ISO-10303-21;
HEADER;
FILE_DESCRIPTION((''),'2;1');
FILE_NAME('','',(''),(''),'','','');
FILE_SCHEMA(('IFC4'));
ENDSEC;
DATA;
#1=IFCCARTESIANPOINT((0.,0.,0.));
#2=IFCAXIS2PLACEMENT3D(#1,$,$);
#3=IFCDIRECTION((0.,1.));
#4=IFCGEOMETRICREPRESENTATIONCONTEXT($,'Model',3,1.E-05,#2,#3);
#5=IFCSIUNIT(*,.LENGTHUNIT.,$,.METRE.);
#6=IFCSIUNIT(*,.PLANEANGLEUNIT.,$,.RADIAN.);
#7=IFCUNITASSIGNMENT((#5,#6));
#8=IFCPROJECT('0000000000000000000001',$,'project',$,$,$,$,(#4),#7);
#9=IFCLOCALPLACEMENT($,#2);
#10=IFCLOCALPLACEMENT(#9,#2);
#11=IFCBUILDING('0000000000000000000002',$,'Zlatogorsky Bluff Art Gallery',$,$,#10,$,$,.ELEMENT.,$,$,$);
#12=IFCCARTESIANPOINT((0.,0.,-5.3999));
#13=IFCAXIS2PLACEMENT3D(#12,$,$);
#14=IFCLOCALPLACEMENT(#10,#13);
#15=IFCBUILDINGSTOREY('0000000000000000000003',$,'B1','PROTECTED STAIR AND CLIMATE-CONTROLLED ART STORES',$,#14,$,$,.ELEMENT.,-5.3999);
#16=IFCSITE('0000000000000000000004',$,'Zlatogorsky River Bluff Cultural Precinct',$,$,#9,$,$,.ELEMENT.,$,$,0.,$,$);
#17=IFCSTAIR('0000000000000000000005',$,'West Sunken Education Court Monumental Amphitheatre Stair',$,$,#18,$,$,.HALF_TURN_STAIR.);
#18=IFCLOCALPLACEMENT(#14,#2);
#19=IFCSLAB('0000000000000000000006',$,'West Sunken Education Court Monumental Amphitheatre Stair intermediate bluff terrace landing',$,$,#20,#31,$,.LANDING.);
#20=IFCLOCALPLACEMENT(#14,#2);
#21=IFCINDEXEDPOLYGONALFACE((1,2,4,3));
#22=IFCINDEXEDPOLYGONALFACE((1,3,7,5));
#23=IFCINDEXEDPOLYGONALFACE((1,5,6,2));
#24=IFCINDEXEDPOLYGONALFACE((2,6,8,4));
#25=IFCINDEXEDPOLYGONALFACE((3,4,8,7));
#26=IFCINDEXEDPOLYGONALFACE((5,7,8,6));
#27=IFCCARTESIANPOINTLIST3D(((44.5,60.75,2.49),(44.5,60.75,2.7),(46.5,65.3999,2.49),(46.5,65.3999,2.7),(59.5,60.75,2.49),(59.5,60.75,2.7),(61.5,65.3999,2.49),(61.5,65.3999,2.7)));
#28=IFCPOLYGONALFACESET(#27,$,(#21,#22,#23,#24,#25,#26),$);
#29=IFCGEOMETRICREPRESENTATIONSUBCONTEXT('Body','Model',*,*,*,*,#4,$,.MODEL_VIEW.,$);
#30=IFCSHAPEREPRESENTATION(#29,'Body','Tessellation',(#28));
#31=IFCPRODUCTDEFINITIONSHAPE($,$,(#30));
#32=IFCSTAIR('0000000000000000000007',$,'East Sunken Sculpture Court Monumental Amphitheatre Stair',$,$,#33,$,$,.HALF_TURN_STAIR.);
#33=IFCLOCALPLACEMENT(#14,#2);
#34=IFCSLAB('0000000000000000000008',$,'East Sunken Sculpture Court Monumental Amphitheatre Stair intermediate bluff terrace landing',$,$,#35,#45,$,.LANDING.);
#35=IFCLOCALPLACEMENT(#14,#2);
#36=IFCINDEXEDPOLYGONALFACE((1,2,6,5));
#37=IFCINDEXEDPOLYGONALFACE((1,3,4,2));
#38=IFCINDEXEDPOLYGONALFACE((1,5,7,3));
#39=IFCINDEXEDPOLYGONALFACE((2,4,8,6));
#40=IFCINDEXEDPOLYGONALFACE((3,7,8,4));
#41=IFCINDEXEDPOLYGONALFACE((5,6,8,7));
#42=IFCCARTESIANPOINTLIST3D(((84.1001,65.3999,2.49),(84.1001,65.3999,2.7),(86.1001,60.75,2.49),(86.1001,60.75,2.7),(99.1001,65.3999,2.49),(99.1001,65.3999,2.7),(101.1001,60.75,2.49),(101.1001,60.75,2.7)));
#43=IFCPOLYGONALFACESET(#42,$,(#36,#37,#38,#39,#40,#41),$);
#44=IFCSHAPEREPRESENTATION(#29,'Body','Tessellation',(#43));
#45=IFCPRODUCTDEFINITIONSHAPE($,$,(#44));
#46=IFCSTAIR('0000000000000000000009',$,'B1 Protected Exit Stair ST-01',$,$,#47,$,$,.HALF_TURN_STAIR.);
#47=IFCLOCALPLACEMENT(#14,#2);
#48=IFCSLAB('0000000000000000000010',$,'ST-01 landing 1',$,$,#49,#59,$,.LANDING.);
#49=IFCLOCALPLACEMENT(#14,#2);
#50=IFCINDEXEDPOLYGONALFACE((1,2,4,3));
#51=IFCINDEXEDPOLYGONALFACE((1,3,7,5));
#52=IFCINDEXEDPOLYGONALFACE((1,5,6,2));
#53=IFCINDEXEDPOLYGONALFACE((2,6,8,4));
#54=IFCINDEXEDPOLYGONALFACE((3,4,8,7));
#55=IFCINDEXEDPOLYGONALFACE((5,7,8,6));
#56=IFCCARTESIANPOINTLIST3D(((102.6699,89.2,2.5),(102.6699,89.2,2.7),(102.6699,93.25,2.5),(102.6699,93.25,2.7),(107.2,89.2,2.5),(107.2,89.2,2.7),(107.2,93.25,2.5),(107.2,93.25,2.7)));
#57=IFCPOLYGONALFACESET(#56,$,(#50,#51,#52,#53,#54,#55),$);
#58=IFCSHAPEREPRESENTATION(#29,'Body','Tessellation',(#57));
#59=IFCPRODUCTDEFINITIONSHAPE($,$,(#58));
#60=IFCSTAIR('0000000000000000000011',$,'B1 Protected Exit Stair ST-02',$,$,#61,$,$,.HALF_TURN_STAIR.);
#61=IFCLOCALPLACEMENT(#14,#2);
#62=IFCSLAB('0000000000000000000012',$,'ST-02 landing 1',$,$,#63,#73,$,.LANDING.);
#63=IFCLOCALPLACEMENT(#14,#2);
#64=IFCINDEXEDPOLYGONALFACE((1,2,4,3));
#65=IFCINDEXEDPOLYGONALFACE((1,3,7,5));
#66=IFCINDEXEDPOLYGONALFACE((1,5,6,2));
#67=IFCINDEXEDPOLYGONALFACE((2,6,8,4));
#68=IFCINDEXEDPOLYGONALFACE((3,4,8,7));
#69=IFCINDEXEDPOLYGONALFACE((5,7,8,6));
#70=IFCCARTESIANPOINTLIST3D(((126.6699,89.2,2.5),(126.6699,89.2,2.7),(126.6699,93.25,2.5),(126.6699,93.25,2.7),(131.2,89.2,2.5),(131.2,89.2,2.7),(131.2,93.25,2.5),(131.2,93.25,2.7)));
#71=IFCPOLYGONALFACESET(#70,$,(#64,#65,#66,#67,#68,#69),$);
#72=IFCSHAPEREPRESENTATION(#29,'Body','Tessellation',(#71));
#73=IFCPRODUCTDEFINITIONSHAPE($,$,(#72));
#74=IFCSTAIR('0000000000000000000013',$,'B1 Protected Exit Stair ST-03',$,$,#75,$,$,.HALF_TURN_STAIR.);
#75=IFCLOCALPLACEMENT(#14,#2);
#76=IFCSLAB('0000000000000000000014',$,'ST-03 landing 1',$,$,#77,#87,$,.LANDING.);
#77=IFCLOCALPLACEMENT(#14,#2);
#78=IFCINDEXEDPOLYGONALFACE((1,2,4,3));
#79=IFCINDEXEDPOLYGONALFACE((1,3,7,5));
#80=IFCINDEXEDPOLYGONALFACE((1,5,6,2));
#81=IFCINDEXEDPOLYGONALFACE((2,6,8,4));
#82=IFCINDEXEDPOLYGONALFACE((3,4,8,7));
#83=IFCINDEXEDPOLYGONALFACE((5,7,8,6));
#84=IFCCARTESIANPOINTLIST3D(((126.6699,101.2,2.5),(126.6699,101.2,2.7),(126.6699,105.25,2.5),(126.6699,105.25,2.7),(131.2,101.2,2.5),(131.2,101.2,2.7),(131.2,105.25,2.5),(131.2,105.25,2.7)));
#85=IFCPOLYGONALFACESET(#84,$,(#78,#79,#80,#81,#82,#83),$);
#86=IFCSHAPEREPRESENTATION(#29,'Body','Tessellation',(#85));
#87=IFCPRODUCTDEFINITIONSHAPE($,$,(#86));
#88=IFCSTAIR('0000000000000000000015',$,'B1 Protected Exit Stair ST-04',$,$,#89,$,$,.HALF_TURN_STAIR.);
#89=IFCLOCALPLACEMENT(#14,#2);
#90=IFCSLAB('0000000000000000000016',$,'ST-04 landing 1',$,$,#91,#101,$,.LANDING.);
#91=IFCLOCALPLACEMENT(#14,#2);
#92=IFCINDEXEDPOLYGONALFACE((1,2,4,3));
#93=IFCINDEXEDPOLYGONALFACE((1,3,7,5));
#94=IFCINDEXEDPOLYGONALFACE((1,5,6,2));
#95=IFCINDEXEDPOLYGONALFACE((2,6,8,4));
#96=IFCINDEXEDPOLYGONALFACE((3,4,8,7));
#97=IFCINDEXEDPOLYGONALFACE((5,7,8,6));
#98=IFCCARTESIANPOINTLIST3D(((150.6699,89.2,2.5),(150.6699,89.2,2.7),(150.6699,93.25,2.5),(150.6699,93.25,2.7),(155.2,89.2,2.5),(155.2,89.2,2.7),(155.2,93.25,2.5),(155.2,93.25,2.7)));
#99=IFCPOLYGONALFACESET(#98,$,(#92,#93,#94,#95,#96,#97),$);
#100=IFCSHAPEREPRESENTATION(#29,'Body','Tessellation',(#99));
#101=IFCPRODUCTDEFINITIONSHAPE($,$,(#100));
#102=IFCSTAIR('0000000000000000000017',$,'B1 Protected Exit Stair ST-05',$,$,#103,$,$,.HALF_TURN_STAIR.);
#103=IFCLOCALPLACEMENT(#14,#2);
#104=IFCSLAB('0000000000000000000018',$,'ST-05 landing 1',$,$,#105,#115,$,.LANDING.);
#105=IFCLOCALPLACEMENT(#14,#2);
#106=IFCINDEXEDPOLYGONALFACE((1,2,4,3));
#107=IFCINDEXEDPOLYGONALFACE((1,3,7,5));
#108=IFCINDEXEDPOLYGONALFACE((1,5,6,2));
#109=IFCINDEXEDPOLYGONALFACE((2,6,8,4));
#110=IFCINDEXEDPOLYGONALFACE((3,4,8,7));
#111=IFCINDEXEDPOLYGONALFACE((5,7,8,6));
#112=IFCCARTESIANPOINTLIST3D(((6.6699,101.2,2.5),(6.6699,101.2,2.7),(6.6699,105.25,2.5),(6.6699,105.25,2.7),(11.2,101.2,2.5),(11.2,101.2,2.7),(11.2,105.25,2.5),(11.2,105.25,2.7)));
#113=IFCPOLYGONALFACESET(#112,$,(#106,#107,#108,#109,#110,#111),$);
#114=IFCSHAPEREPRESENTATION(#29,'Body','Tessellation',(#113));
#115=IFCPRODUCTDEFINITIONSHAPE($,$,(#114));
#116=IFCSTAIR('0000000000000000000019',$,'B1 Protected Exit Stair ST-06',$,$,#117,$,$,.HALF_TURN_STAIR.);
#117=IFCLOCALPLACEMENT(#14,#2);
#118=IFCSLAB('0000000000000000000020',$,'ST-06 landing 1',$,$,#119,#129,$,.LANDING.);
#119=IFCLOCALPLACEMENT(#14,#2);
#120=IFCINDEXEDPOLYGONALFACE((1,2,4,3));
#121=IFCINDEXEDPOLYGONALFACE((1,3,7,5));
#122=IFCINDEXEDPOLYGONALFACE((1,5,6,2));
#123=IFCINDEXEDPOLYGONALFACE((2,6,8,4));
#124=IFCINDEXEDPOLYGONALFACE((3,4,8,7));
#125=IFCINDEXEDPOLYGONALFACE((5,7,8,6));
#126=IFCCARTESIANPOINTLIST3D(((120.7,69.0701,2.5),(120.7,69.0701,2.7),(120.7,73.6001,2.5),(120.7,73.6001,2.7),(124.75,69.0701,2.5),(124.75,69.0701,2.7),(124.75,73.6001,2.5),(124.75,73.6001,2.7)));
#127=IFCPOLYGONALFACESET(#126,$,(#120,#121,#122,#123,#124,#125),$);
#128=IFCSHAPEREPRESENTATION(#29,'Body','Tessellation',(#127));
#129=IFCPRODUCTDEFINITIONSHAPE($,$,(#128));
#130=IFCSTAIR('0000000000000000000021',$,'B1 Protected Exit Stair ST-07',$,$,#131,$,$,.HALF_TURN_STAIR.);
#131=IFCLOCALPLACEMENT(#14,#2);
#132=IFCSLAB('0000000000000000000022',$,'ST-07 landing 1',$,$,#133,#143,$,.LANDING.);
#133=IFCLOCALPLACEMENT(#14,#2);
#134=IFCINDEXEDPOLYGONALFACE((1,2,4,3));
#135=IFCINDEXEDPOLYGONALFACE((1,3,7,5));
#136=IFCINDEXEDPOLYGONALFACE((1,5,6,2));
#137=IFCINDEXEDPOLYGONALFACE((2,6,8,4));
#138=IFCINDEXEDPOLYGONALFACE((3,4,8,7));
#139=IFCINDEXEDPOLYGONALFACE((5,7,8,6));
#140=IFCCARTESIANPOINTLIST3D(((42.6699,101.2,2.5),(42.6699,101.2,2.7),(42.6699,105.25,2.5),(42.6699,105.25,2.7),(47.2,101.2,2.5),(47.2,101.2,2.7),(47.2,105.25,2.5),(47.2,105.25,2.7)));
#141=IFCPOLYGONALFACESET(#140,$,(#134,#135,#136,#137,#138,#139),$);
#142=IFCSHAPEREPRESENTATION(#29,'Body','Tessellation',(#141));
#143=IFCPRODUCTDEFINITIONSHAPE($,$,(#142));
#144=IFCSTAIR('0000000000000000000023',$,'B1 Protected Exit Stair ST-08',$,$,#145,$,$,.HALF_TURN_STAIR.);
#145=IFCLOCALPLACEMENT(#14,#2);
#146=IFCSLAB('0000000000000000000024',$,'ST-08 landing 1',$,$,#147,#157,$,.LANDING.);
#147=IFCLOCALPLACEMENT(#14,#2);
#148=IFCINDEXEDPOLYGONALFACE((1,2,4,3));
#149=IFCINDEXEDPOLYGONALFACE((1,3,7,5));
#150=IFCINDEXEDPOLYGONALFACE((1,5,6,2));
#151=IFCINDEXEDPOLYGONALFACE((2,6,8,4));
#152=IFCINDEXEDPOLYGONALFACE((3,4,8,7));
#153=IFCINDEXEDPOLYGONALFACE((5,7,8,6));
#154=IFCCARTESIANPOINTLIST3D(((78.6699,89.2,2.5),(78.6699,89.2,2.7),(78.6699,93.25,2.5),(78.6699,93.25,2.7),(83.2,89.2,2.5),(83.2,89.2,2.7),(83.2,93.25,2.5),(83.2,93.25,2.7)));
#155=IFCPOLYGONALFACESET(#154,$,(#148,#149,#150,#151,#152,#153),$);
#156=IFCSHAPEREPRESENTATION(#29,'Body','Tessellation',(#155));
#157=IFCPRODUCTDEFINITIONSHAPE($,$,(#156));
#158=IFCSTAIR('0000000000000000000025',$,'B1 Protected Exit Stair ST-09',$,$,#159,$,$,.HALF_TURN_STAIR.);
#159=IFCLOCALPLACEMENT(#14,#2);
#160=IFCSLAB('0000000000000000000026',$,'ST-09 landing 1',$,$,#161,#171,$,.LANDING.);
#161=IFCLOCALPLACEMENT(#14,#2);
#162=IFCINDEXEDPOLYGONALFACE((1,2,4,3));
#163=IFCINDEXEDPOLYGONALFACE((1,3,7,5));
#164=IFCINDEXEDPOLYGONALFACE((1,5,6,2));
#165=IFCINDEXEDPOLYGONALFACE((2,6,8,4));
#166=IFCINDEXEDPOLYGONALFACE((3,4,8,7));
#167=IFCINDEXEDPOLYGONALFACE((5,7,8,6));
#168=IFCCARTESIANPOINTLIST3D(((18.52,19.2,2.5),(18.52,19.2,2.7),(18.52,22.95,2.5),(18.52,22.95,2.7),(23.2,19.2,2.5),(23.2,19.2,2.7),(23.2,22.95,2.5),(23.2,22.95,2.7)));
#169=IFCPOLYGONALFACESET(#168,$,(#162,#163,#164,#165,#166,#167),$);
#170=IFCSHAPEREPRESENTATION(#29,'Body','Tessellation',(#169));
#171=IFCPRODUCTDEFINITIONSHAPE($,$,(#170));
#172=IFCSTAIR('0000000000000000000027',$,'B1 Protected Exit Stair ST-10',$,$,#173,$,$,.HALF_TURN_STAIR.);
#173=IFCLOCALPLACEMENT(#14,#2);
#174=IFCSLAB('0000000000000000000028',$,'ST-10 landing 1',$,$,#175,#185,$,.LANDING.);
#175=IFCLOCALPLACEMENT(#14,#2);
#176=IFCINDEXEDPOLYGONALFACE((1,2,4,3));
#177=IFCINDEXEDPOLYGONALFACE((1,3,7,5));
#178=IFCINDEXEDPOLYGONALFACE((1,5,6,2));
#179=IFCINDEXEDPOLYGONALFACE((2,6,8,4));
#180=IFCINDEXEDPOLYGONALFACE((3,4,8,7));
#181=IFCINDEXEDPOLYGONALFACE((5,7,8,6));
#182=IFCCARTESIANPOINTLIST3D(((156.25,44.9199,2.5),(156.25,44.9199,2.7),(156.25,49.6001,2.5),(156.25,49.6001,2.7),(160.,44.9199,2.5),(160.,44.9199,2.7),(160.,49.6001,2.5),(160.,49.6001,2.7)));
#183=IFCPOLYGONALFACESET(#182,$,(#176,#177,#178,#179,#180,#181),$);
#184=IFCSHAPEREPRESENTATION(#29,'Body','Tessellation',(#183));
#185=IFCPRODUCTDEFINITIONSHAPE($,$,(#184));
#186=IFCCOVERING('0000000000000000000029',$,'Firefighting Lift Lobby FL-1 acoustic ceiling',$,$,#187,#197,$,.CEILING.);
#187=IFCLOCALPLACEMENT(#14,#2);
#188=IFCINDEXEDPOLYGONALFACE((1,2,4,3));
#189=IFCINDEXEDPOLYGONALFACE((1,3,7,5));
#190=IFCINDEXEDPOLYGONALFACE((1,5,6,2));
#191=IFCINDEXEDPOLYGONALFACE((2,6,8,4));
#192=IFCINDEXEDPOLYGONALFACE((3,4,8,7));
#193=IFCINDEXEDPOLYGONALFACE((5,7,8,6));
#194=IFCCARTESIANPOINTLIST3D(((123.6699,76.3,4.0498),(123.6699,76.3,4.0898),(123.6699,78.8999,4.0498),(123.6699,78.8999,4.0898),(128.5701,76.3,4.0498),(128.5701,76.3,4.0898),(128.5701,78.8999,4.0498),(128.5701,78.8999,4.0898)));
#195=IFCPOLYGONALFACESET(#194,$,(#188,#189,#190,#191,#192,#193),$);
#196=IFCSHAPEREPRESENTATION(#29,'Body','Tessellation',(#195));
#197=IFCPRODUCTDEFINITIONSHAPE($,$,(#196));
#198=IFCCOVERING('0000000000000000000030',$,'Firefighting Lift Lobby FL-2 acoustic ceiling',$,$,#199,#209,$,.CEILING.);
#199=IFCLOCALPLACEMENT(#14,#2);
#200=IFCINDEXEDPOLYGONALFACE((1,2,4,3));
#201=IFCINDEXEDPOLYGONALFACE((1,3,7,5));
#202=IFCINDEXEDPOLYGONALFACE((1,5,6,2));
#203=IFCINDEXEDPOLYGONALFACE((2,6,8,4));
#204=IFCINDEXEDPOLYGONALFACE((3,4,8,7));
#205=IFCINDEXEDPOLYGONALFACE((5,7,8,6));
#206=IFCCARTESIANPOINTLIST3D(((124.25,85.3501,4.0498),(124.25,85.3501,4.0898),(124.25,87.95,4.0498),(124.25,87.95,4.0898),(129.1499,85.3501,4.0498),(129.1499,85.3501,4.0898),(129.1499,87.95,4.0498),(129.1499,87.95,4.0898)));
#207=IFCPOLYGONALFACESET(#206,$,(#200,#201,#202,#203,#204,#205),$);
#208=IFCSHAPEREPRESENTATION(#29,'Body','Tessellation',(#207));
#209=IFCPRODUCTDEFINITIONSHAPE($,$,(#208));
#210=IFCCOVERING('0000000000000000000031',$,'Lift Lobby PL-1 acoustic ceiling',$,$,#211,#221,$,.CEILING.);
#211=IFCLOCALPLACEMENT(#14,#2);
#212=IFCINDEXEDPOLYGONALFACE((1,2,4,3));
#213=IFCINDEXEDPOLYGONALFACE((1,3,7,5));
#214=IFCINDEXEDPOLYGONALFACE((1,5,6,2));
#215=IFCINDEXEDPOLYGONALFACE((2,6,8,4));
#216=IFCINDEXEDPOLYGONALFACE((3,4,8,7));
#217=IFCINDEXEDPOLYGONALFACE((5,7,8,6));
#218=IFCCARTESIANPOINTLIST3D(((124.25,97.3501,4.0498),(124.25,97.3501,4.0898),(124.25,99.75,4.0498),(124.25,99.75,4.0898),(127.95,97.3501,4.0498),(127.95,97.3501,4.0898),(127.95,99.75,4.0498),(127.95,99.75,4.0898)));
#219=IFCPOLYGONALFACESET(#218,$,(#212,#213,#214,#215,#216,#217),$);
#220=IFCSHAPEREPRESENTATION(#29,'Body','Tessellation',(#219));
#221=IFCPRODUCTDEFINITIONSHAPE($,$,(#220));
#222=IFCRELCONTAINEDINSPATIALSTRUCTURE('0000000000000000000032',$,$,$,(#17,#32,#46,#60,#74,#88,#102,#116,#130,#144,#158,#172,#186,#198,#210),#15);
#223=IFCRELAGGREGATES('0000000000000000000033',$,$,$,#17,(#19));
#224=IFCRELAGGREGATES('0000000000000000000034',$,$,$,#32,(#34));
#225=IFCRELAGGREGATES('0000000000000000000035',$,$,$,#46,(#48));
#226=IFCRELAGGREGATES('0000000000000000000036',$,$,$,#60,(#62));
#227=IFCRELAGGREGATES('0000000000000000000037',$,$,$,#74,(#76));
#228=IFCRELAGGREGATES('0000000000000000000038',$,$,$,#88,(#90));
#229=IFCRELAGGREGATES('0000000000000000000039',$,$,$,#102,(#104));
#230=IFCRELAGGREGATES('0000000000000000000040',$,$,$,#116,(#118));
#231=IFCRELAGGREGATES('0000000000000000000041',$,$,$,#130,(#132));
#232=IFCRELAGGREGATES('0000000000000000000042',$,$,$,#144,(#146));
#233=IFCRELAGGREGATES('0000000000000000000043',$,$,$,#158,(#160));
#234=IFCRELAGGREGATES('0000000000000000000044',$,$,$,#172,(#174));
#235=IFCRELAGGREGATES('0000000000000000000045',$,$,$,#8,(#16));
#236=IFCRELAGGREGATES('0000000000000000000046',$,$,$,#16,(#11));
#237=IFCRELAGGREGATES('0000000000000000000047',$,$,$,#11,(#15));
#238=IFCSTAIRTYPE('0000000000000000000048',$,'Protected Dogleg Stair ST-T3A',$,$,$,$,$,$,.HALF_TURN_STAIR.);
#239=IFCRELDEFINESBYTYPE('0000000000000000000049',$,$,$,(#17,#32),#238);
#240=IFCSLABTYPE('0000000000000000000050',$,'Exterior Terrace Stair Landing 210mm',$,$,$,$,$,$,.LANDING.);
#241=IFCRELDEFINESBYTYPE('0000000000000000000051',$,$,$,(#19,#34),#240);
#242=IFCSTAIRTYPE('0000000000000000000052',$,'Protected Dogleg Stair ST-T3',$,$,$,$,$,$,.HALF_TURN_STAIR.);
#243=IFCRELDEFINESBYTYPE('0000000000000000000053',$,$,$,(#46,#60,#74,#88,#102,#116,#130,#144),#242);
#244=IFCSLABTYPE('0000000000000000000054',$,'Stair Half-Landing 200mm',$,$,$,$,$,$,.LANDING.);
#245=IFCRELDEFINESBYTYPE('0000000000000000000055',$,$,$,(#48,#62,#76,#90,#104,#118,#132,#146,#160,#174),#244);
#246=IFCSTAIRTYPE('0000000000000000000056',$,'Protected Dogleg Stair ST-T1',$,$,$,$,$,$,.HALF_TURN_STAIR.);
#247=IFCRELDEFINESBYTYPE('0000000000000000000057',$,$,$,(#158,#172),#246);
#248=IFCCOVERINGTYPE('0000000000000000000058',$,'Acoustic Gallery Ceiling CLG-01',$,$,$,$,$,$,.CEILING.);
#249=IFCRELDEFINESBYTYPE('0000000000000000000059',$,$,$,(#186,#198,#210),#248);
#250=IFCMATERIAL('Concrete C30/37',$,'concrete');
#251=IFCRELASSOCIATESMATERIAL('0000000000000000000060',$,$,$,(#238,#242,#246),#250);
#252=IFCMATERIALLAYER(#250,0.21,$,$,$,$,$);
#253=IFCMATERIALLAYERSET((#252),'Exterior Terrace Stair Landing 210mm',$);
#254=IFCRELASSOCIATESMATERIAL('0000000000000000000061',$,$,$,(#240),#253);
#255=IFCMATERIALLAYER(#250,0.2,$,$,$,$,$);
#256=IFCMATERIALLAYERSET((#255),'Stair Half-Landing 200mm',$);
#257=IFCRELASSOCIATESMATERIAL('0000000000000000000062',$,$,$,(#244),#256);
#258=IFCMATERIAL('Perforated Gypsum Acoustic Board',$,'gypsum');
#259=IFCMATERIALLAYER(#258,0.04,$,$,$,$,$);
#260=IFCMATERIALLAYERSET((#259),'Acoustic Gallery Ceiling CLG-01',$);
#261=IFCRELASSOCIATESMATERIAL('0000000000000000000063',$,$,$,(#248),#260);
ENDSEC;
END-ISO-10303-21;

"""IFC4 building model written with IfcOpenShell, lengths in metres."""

from ifc_helpers import new_model, si_unit, direction, frame, origin, place, context, subcontext, project, spatial, polyline, outline, extrude, material, layer, layer_set, type_object, element, aggregate, save


model = new_model("IFC4")

# Units and contexts
model_context = context("Model", 3, precision=1e-05, world=origin(), true_north=direction((0.0, 1.0)))
body_context = subcontext(model_context, "Body", "Model", "MODEL_VIEW")
ifc_project = project(units=[si_unit("LENGTHUNIT", "METRE"), si_unit("PLANEANGLEUNIT", "RADIAN")], contexts=[model_context])

# Site, building, storey
site_placement = place(None, origin())
site = spatial("IfcSite", under=ifc_project, at=site_placement, Name="Zlatogorsky River Bluff Cultural Precinct", CompositionType="ELEMENT", RefElevation=0.0)
building_placement = place(site_placement, origin())
building = spatial("IfcBuilding", under=site, at=building_placement, Name="Zlatogorsky Bluff Art Gallery", CompositionType="ELEMENT")
storey_placement = place(building_placement, frame((0.0, 0.0, -5.3999)))
storey = spatial("IfcBuildingStorey", under=building, at=storey_placement, Name="B1", Description="PROTECTED STAIR AND CLIMATE-CONTROLLED ART STORES", CompositionType="ELEMENT", Elevation=-5.3999)

# Stairs, slabs
ifc_material_1 = material(Name="Concrete C30/37", Category="concrete")
stair_type_1 = type_object("IfcStairType", Name="Protected Dogleg Stair ST-T3A", PredefinedType="HALF_TURN_STAIR", material=ifc_material_1)
stair_1_placement = place(storey_placement, origin())
stair_1 = element("IfcStair", 1, at=stair_1_placement, inside=storey, type_object=stair_type_1, Name="West Sunken Education Court Monumental Amphitheatre Stair", PredefinedType="HALF_TURN_STAIR")
ifc_layer_1 = layer(ifc_material_1, 0.21)
ifc_layer_set_1 = layer_set([ifc_layer_1], Name="Exterior Terrace Stair Landing 210mm")
slab_type_1 = type_object("IfcSlabType", Name="Exterior Terrace Stair Landing 210mm", PredefinedType="LANDING", material=ifc_layer_set_1)
slab_1_placement = place(storey_placement, frame((0.0, 0.0, 2.49)))
slab_1 = element("IfcSlab", 2, at=slab_1_placement, type_object=slab_type_1, Name="West Sunken Education Court Monumental Amphitheatre Stair intermediate bluff terrace landing", PredefinedType="LANDING", context=body_context, shape_type="SweptSolid", body=[
    extrude(outline(polyline([(44.5, 60.75), (59.5, 60.75), (61.5, 65.3999), (46.5, 65.3999), (44.5, 60.75)])), origin(), (0.0, 0.0, 1.0), 0.21),
])
aggregate(stair_1, [slab_1])
stair_2_placement = place(storey_placement, origin())
stair_2 = element("IfcStair", 3, at=stair_2_placement, inside=storey, type_object=stair_type_1, Name="East Sunken Sculpture Court Monumental Amphitheatre Stair", PredefinedType="HALF_TURN_STAIR")
slab_2_placement = place(storey_placement, frame((0.0, 0.0, 2.49)))
slab_2 = element("IfcSlab", 4, at=slab_2_placement, type_object=slab_type_1, Name="East Sunken Sculpture Court Monumental Amphitheatre Stair intermediate bluff terrace landing", PredefinedType="LANDING", context=body_context, shape_type="SweptSolid", body=[
    extrude(outline(polyline([(86.1001, 60.75), (101.1001, 60.75), (99.1001, 65.3999), (84.1001, 65.3999), (86.1001, 60.75)])), origin(), (0.0, 0.0, 1.0), 0.21),
])
aggregate(stair_2, [slab_2])
stair_type_2 = type_object("IfcStairType", Name="Protected Dogleg Stair ST-T3", PredefinedType="HALF_TURN_STAIR", material=ifc_material_1)
stair_3_placement = place(storey_placement, origin())
stair_3 = element("IfcStair", 5, at=stair_3_placement, inside=storey, type_object=stair_type_2, Name="B1 Protected Exit Stair ST-01", PredefinedType="HALF_TURN_STAIR")
ifc_layer_2 = layer(ifc_material_1, 0.2)
ifc_layer_set_2 = layer_set([ifc_layer_2], Name="Stair Half-Landing 200mm")
slab_type_2 = type_object("IfcSlabType", Name="Stair Half-Landing 200mm", PredefinedType="LANDING", material=ifc_layer_set_2)
slab_3_placement = place(storey_placement, frame((0.0, 0.0, 2.5)))
slab_3 = element("IfcSlab", 6, at=slab_3_placement, type_object=slab_type_2, Name="ST-01 landing 1", PredefinedType="LANDING", context=body_context, shape_type="SweptSolid", body=[
    extrude(outline(polyline([(102.6699, 89.2), (107.2, 89.2), (107.2, 93.25), (102.6699, 93.25), (102.6699, 89.2)])), origin(), (0.0, 0.0, 1.0), 0.2),
])
aggregate(stair_3, [slab_3])
stair_4_placement = place(storey_placement, origin())
stair_4 = element("IfcStair", 7, at=stair_4_placement, inside=storey, type_object=stair_type_2, Name="B1 Protected Exit Stair ST-02", PredefinedType="HALF_TURN_STAIR")
slab_4_placement = place(storey_placement, frame((0.0, 0.0, 2.5)))
slab_4 = element("IfcSlab", 8, at=slab_4_placement, type_object=slab_type_2, Name="ST-02 landing 1", PredefinedType="LANDING", context=body_context, shape_type="SweptSolid", body=[
    extrude(outline(polyline([(126.6699, 89.2), (131.2, 89.2), (131.2, 93.25), (126.6699, 93.25), (126.6699, 89.2)])), origin(), (0.0, 0.0, 1.0), 0.2),
])
aggregate(stair_4, [slab_4])
stair_5_placement = place(storey_placement, origin())
stair_5 = element("IfcStair", 9, at=stair_5_placement, inside=storey, type_object=stair_type_2, Name="B1 Protected Exit Stair ST-03", PredefinedType="HALF_TURN_STAIR")
slab_5_placement = place(storey_placement, frame((0.0, 0.0, 2.5)))
slab_5 = element("IfcSlab", 10, at=slab_5_placement, type_object=slab_type_2, Name="ST-03 landing 1", PredefinedType="LANDING", context=body_context, shape_type="SweptSolid", body=[
    extrude(outline(polyline([(126.6699, 101.2), (131.2, 101.2), (131.2, 105.25), (126.6699, 105.25), (126.6699, 101.2)])), origin(), (0.0, 0.0, 1.0), 0.2),
])
aggregate(stair_5, [slab_5])
stair_6_placement = place(storey_placement, origin())
stair_6 = element("IfcStair", 11, at=stair_6_placement, inside=storey, type_object=stair_type_2, Name="B1 Protected Exit Stair ST-04", PredefinedType="HALF_TURN_STAIR")
slab_6_placement = place(storey_placement, frame((0.0, 0.0, 2.5)))
slab_6 = element("IfcSlab", 12, at=slab_6_placement, type_object=slab_type_2, Name="ST-04 landing 1", PredefinedType="LANDING", context=body_context, shape_type="SweptSolid", body=[
    extrude(outline(polyline([(150.6699, 89.2), (155.2, 89.2), (155.2, 93.25), (150.6699, 93.25), (150.6699, 89.2)])), origin(), (0.0, 0.0, 1.0), 0.2),
])
aggregate(stair_6, [slab_6])
stair_7_placement = place(storey_placement, origin())
stair_7 = element("IfcStair", 13, at=stair_7_placement, inside=storey, type_object=stair_type_2, Name="B1 Protected Exit Stair ST-05", PredefinedType="HALF_TURN_STAIR")
slab_7_placement = place(storey_placement, frame((0.0, 0.0, 2.5)))
slab_7 = element("IfcSlab", 14, at=slab_7_placement, type_object=slab_type_2, Name="ST-05 landing 1", PredefinedType="LANDING", context=body_context, shape_type="SweptSolid", body=[
    extrude(outline(polyline([(6.6699, 101.2), (11.2, 101.2), (11.2, 105.25), (6.6699, 105.25), (6.6699, 101.2)])), origin(), (0.0, 0.0, 1.0), 0.2),
])
aggregate(stair_7, [slab_7])
stair_8_placement = place(storey_placement, origin())
stair_8 = element("IfcStair", 15, at=stair_8_placement, inside=storey, type_object=stair_type_2, Name="B1 Protected Exit Stair ST-06", PredefinedType="HALF_TURN_STAIR")
slab_8_placement = place(storey_placement, frame((0.0, 0.0, 2.5)))
slab_8 = element("IfcSlab", 16, at=slab_8_placement, type_object=slab_type_2, Name="ST-06 landing 1", PredefinedType="LANDING", context=body_context, shape_type="SweptSolid", body=[
    extrude(outline(polyline([(124.75, 69.0701), (124.75, 73.6001), (120.7, 73.6001), (120.7, 69.0701), (124.75, 69.0701)])), origin(), (0.0, 0.0, 1.0), 0.2),
])
aggregate(stair_8, [slab_8])
stair_9_placement = place(storey_placement, origin())
stair_9 = element("IfcStair", 17, at=stair_9_placement, inside=storey, type_object=stair_type_2, Name="B1 Protected Exit Stair ST-07", PredefinedType="HALF_TURN_STAIR")
slab_9_placement = place(storey_placement, frame((0.0, 0.0, 2.5)))
slab_9 = element("IfcSlab", 18, at=slab_9_placement, type_object=slab_type_2, Name="ST-07 landing 1", PredefinedType="LANDING", context=body_context, shape_type="SweptSolid", body=[
    extrude(outline(polyline([(42.6699, 101.2), (47.2, 101.2), (47.2, 105.25), (42.6699, 105.25), (42.6699, 101.2)])), origin(), (0.0, 0.0, 1.0), 0.2),
])
aggregate(stair_9, [slab_9])
stair_10_placement = place(storey_placement, origin())
stair_10 = element("IfcStair", 19, at=stair_10_placement, inside=storey, type_object=stair_type_2, Name="B1 Protected Exit Stair ST-08", PredefinedType="HALF_TURN_STAIR")
slab_10_placement = place(storey_placement, frame((0.0, 0.0, 2.5)))
slab_10 = element("IfcSlab", 20, at=slab_10_placement, type_object=slab_type_2, Name="ST-08 landing 1", PredefinedType="LANDING", context=body_context, shape_type="SweptSolid", body=[
    extrude(outline(polyline([(78.6699, 89.2), (83.2, 89.2), (83.2, 93.25), (78.6699, 93.25), (78.6699, 89.2)])), origin(), (0.0, 0.0, 1.0), 0.2),
])
aggregate(stair_10, [slab_10])
stair_type_3 = type_object("IfcStairType", Name="Protected Dogleg Stair ST-T1", PredefinedType="HALF_TURN_STAIR", material=ifc_material_1)
stair_11_placement = place(storey_placement, origin())
stair_11 = element("IfcStair", 21, at=stair_11_placement, inside=storey, type_object=stair_type_3, Name="B1 Protected Exit Stair ST-09", PredefinedType="HALF_TURN_STAIR")
slab_11_placement = place(storey_placement, frame((0.0, 0.0, 2.5)))
slab_11 = element("IfcSlab", 22, at=slab_11_placement, type_object=slab_type_2, Name="ST-09 landing 1", PredefinedType="LANDING", context=body_context, shape_type="SweptSolid", body=[
    extrude(outline(polyline([(18.52, 19.2), (23.2, 19.2), (23.2, 22.95), (18.52, 22.95), (18.52, 19.2)])), origin(), (0.0, 0.0, 1.0), 0.2),
])
aggregate(stair_11, [slab_11])
stair_12_placement = place(storey_placement, origin())
stair_12 = element("IfcStair", 23, at=stair_12_placement, inside=storey, type_object=stair_type_3, Name="B1 Protected Exit Stair ST-10", PredefinedType="HALF_TURN_STAIR")
slab_12_placement = place(storey_placement, frame((0.0, 0.0, 2.5)))
slab_12 = element("IfcSlab", 24, at=slab_12_placement, type_object=slab_type_2, Name="ST-10 landing 1", PredefinedType="LANDING", context=body_context, shape_type="SweptSolid", body=[
    extrude(outline(polyline([(160.0, 44.9199), (160.0, 49.6001), (156.25, 49.6001), (156.25, 44.9199), (160.0, 44.9199)])), origin(), (0.0, 0.0, 1.0), 0.2),
])
aggregate(stair_12, [slab_12])

# Coverings
ifc_material_2 = material(Name="Perforated Gypsum Acoustic Board", Category="gypsum")
ifc_layer_3 = layer(ifc_material_2, 0.04)
ifc_layer_set_3 = layer_set([ifc_layer_3], Name="Acoustic Gallery Ceiling CLG-01")
covering_type_1 = type_object("IfcCoveringType", Name="Acoustic Gallery Ceiling CLG-01", PredefinedType="CEILING", material=ifc_layer_set_3)
covering_1_placement = place(storey_placement, frame((0.0, 0.0, 4.0498)))
element("IfcCovering", 25, at=covering_1_placement, inside=storey, type_object=covering_type_1, Name="Firefighting Lift Lobby FL-1 acoustic ceiling", PredefinedType="CEILING", context=body_context, shape_type="SweptSolid", body=[
    extrude(outline(polyline([(128.5701, 78.8999), (128.5701, 76.3), (123.6699, 76.3), (123.6699, 78.8999), (128.5701, 78.8999)])), origin(), (0.0, 0.0, 1.0), 0.04),
])
covering_2_placement = place(storey_placement, frame((0.0, 0.0, 4.0498)))
element("IfcCovering", 26, at=covering_2_placement, inside=storey, type_object=covering_type_1, Name="Firefighting Lift Lobby FL-2 acoustic ceiling", PredefinedType="CEILING", context=body_context, shape_type="SweptSolid", body=[
    extrude(outline(polyline([(129.1499, 87.95), (129.1499, 85.3501), (124.25, 85.3501), (124.25, 87.95), (129.1499, 87.95)])), origin(), (0.0, 0.0, 1.0), 0.04),
])
covering_3_placement = place(storey_placement, frame((0.0, 0.0, 4.0498)))
element("IfcCovering", 27, at=covering_3_placement, inside=storey, type_object=covering_type_1, Name="Lift Lobby PL-1 acoustic ceiling", PredefinedType="CEILING", context=body_context, shape_type="SweptSolid", body=[
    extrude(outline(polyline([(127.95, 99.75), (127.95, 97.3501), (124.25, 97.3501), (124.25, 99.75), (127.95, 99.75)])), origin(), (0.0, 0.0, 1.0), 0.04),
])

save(model, "model.ifc")
